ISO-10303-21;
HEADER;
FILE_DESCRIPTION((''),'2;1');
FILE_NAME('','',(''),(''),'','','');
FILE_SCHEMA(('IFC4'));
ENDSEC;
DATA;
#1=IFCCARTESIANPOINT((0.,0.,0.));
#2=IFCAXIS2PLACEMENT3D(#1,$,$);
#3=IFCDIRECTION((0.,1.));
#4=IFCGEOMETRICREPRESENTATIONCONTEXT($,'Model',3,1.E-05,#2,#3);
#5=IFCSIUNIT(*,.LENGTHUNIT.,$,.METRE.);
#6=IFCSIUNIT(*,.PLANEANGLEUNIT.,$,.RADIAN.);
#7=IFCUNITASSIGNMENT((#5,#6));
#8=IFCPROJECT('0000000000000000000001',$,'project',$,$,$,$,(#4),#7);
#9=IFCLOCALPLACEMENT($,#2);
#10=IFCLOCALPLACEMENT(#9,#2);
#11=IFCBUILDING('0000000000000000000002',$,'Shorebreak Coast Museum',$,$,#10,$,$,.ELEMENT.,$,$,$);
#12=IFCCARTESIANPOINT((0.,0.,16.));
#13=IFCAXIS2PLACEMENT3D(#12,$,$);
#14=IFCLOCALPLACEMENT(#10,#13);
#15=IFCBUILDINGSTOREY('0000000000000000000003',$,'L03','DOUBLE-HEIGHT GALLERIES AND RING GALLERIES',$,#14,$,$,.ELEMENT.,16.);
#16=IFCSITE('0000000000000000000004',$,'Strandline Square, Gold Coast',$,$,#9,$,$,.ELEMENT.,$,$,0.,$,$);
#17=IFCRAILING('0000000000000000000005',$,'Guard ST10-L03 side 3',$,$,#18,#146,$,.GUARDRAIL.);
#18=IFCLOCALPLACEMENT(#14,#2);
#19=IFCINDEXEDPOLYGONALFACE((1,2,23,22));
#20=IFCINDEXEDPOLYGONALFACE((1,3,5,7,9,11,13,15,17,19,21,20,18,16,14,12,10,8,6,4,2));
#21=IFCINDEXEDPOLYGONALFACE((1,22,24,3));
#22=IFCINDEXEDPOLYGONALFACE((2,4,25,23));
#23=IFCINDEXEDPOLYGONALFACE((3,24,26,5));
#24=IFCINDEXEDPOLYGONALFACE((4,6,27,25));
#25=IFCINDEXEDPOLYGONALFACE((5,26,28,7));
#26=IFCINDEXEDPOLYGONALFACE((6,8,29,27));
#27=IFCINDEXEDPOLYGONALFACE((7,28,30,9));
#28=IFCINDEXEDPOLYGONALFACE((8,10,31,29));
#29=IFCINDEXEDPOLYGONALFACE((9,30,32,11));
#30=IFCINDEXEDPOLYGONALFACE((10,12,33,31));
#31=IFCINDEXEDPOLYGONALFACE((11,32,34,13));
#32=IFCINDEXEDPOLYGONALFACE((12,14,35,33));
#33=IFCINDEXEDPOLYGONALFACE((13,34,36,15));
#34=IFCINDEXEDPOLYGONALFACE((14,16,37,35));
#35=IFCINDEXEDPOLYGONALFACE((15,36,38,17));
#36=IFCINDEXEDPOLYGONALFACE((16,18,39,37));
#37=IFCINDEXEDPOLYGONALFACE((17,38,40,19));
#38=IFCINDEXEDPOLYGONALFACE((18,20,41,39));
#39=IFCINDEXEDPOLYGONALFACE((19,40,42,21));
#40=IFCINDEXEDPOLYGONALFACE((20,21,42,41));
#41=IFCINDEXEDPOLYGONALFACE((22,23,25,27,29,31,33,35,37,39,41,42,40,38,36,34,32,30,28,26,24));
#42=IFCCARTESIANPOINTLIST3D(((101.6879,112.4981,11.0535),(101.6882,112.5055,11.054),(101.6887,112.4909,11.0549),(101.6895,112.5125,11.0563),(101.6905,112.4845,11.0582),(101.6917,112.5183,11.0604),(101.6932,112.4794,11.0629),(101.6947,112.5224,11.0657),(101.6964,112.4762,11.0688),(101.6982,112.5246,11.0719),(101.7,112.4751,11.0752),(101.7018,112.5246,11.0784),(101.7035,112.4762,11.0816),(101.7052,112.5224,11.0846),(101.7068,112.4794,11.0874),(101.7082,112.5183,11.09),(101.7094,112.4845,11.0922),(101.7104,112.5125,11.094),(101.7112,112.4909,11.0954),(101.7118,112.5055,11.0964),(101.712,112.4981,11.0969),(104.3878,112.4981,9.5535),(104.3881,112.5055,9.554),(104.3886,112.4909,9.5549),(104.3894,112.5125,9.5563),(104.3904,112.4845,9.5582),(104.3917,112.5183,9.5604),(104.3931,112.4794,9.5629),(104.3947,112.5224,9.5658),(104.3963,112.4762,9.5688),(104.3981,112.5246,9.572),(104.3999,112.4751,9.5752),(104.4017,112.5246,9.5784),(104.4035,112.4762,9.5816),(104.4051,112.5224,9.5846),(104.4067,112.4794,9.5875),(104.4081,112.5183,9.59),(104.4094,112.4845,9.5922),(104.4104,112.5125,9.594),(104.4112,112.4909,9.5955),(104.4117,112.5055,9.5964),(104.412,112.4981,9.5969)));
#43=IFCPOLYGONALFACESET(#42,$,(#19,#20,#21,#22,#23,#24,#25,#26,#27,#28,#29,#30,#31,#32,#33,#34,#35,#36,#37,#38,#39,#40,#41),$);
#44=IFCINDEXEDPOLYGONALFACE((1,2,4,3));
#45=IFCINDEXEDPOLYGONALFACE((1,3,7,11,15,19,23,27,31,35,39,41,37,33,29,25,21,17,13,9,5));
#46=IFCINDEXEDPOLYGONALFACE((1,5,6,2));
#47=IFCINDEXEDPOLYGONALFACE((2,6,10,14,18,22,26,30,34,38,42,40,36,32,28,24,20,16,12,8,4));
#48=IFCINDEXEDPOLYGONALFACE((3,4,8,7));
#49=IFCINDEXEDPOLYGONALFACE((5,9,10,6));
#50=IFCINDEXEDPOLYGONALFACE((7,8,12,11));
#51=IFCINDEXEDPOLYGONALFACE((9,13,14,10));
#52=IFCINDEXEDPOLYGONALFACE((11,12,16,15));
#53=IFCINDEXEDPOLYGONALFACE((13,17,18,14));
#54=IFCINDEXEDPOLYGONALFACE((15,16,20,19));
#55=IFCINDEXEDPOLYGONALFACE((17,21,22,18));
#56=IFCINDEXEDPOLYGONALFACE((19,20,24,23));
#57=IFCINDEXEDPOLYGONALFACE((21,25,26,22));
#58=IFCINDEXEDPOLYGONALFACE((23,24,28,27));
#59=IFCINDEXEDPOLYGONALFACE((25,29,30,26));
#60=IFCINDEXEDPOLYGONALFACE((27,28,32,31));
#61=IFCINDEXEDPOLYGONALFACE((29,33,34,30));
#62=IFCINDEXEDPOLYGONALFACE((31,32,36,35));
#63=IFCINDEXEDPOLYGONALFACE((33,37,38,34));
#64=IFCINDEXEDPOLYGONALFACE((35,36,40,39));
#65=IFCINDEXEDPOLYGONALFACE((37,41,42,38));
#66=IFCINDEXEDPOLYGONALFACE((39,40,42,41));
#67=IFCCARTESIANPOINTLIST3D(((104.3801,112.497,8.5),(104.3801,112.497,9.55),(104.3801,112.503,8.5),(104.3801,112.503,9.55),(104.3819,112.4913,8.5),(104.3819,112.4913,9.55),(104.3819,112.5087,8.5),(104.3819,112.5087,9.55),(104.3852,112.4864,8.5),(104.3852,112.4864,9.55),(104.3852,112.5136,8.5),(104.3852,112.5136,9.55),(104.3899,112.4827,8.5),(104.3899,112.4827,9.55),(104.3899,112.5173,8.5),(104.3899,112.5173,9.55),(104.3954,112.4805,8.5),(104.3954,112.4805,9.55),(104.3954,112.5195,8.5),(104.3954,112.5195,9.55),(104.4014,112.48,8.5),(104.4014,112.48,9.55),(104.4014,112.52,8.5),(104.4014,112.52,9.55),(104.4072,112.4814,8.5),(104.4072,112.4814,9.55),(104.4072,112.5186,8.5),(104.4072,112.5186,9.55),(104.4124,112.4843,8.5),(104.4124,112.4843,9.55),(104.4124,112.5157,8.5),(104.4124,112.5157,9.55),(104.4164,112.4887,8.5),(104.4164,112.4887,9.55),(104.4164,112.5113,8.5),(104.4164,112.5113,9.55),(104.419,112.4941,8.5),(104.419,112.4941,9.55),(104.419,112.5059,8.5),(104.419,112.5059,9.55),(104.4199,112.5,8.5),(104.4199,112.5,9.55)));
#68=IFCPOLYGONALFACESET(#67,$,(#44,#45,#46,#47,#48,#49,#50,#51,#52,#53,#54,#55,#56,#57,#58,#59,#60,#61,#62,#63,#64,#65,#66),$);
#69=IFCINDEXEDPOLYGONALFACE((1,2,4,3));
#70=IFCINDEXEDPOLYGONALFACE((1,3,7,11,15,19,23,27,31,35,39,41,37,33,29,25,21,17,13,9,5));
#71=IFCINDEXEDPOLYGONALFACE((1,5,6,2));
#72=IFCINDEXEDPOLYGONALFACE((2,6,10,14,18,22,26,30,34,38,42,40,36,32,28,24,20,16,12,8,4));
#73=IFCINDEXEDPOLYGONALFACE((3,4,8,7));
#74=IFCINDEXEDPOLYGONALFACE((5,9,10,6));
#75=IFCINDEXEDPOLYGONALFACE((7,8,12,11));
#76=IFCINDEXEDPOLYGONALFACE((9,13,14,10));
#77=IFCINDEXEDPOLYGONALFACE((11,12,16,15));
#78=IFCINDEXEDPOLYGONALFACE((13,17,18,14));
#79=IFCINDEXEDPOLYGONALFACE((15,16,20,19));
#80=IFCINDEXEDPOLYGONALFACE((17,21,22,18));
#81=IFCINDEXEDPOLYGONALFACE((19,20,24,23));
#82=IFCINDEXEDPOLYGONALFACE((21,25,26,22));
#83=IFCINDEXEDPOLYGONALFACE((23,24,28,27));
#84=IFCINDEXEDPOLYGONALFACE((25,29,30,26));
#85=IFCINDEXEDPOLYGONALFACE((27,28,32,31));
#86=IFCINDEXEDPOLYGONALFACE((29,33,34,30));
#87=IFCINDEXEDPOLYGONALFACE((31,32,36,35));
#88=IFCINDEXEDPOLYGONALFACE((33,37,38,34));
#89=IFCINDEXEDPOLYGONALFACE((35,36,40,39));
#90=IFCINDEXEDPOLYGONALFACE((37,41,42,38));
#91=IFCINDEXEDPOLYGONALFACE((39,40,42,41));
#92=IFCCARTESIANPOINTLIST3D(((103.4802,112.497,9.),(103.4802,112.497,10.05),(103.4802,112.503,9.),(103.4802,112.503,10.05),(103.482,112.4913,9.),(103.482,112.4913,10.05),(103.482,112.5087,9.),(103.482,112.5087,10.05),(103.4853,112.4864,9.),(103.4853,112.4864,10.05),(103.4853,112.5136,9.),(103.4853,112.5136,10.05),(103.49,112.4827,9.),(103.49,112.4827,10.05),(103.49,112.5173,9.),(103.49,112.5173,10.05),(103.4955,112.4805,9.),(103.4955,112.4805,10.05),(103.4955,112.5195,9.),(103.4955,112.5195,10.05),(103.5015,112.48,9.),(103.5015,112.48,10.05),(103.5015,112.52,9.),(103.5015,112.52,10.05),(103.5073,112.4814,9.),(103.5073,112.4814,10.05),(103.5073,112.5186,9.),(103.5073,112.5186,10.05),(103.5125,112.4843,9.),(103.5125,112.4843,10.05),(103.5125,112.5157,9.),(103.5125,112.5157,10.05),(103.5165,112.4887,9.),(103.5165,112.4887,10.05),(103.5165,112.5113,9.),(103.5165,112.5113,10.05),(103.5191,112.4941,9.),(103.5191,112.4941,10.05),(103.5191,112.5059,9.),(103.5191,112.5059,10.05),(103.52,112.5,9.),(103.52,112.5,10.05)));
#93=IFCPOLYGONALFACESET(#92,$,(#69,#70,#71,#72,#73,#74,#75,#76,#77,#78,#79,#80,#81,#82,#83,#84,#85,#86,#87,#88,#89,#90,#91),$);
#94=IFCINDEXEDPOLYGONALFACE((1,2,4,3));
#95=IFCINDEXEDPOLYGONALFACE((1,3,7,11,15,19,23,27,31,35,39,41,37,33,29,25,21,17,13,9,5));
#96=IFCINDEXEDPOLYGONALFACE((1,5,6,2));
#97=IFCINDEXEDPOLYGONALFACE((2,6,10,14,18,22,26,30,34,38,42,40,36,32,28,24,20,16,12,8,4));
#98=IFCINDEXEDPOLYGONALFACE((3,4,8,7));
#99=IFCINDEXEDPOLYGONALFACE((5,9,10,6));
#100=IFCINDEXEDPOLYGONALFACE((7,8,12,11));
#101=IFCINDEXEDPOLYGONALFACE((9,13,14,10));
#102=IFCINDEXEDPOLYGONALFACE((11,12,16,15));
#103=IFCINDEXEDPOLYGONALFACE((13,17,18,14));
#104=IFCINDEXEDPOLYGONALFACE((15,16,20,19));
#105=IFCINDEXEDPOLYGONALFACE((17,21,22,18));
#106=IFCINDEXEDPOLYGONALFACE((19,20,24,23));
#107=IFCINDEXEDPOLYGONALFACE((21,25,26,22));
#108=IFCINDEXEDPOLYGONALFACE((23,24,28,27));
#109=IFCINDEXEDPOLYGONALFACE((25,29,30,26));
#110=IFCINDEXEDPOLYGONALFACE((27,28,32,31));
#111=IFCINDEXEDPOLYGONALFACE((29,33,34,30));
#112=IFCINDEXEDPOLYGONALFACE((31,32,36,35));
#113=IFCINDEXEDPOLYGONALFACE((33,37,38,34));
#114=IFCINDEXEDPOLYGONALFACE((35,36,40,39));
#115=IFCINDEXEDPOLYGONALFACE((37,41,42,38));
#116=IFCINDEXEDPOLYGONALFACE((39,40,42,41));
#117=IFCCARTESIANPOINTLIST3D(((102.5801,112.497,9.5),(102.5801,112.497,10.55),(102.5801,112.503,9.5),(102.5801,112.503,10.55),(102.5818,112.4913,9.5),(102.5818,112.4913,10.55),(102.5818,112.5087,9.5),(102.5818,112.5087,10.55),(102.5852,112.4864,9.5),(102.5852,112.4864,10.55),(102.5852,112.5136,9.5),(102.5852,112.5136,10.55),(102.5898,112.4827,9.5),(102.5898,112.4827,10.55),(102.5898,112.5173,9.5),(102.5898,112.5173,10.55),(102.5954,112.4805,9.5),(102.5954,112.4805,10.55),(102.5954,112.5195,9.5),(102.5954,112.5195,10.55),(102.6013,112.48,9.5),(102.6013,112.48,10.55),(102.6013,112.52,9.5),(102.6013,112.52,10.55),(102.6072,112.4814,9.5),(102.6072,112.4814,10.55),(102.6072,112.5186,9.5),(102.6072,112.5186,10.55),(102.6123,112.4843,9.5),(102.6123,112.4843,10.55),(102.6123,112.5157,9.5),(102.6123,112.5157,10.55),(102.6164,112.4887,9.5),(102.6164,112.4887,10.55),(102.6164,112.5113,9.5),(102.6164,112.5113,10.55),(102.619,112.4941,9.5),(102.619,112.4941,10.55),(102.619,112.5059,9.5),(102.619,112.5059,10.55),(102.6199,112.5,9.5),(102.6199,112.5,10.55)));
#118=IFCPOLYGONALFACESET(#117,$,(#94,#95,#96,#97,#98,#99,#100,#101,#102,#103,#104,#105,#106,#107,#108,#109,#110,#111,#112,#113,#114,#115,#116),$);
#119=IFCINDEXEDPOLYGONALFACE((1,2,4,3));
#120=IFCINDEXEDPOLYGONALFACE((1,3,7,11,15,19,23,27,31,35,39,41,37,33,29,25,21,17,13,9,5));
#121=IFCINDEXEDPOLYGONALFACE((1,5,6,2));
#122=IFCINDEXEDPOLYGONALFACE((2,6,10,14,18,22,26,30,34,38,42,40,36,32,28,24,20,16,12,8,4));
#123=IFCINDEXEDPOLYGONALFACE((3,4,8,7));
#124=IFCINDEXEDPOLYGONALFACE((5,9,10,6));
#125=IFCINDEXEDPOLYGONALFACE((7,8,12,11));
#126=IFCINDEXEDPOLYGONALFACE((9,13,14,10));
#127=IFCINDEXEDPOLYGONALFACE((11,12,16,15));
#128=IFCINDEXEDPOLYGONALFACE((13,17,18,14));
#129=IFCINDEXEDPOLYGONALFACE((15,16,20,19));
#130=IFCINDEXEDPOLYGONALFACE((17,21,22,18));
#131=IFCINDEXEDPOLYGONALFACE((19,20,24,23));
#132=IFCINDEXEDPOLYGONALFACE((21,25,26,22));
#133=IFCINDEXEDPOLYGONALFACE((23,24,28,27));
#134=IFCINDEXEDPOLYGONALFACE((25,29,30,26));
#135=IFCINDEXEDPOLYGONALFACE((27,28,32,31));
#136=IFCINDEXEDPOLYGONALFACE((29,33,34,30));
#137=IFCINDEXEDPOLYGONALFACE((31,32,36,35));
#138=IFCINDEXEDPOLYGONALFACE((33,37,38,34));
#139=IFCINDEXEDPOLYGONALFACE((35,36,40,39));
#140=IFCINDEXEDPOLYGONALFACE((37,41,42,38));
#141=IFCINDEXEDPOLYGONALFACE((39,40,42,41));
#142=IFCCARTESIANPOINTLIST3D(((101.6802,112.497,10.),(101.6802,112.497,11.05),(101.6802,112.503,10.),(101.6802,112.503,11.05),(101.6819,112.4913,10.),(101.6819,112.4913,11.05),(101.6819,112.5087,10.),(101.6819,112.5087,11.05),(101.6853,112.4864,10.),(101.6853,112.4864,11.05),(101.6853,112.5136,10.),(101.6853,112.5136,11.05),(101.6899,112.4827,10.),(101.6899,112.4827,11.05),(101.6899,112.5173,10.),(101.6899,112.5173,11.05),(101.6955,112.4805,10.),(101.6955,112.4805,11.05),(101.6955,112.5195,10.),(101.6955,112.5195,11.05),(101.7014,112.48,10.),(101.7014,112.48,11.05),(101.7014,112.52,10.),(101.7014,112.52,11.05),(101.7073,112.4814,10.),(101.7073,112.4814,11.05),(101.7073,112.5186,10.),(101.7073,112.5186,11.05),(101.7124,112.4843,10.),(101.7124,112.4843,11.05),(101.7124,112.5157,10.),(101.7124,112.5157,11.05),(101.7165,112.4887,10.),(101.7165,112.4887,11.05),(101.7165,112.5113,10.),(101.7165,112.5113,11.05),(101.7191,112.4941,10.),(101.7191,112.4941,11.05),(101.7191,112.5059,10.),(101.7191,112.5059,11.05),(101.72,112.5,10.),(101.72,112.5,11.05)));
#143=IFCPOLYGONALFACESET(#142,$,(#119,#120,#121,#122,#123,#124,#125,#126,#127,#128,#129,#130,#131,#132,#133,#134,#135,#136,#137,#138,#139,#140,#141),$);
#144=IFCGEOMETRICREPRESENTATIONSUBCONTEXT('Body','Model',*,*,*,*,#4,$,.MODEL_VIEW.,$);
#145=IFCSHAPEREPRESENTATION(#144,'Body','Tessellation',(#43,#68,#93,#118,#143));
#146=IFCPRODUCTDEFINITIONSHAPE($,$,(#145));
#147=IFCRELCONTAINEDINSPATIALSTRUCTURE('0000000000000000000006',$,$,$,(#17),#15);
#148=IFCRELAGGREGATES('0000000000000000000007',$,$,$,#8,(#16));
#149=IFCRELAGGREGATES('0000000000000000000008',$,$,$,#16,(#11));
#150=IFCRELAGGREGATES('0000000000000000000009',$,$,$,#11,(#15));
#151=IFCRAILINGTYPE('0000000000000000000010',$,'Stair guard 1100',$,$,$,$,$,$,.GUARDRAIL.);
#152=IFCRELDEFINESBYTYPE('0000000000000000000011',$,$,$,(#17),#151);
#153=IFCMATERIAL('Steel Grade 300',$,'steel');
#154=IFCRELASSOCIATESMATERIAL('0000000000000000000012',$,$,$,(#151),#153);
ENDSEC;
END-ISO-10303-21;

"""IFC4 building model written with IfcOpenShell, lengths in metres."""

from ifc_helpers import new_model, si_unit, direction, frame, origin, origin_2d, place, context, subcontext, project, spatial, circle, extrude, material, type_object, element, save


model = new_model("IFC4")

# Units and contexts
model_context = context("Model", 3, precision=1e-05, world=origin(), true_north=direction((0.0, 1.0)))
body_context = subcontext(model_context, "Body", "Model", "MODEL_VIEW")
ifc_project = project(units=[si_unit("LENGTHUNIT", "METRE"), si_unit("PLANEANGLEUNIT", "RADIAN")], contexts=[model_context])

# Site, building, storey
site_placement = place(None, origin())
site = spatial("IfcSite", under=ifc_project, at=site_placement, Name="Strandline Square, Gold Coast", CompositionType="ELEMENT", RefElevation=0.0)
building_placement = place(site_placement, origin())
building = spatial("IfcBuilding", under=site, at=building_placement, Name="Shorebreak Coast Museum", CompositionType="ELEMENT")
storey_placement = place(building_placement, frame((0.0, 0.0, 16.0)))
storey = spatial("IfcBuildingStorey", under=building, at=storey_placement, Name="L03", Description="DOUBLE-HEIGHT GALLERIES AND RING GALLERIES", CompositionType="ELEMENT", Elevation=16.0)

# Railing
ifc_material_1 = material(Name="Steel Grade 300", Category="steel")
railing_type_1 = type_object("IfcRailingType", Name="Stair guard 1100", PredefinedType="GUARDRAIL", material=ifc_material_1)
railing_1_placement = place(storey_placement, frame((104.3999, 112.5, 8.5)))
element("IfcRailing", 1, at=railing_1_placement, inside=storey, type_object=railing_type_1, Name="Guard ST10-L03 side 3", PredefinedType="GUARDRAIL", context=body_context, shape_type="SweptSolid", body=[
    extrude(circle(Radius=0.0249, at=origin_2d()), frame((0.0, 0.0, 1.0752), z_axis=(-0.874154, 0.0, 0.48565), x_axis=(0.0, -1.0, 0.0)), (0.0, 0.0, 1.0), 3.0886),
    extrude(circle(Radius=0.02, at=origin_2d()), origin(), (0.0, 0.0, 1.0), 1.05),
    extrude(circle(Radius=0.02, at=origin_2d()), frame((-0.8999, 0.0, 0.5)), (0.0, 0.0, 1.0), 1.05),
    extrude(circle(Radius=0.02, at=origin_2d()), frame((-1.8, 0.0, 1.0)), (0.0, 0.0, 1.0), 1.05),
    extrude(circle(Radius=0.02, at=origin_2d()), frame((-2.7, 0.0, 1.5)), (0.0, 0.0, 1.0), 1.05),
])

save(model, "model.ifc")
